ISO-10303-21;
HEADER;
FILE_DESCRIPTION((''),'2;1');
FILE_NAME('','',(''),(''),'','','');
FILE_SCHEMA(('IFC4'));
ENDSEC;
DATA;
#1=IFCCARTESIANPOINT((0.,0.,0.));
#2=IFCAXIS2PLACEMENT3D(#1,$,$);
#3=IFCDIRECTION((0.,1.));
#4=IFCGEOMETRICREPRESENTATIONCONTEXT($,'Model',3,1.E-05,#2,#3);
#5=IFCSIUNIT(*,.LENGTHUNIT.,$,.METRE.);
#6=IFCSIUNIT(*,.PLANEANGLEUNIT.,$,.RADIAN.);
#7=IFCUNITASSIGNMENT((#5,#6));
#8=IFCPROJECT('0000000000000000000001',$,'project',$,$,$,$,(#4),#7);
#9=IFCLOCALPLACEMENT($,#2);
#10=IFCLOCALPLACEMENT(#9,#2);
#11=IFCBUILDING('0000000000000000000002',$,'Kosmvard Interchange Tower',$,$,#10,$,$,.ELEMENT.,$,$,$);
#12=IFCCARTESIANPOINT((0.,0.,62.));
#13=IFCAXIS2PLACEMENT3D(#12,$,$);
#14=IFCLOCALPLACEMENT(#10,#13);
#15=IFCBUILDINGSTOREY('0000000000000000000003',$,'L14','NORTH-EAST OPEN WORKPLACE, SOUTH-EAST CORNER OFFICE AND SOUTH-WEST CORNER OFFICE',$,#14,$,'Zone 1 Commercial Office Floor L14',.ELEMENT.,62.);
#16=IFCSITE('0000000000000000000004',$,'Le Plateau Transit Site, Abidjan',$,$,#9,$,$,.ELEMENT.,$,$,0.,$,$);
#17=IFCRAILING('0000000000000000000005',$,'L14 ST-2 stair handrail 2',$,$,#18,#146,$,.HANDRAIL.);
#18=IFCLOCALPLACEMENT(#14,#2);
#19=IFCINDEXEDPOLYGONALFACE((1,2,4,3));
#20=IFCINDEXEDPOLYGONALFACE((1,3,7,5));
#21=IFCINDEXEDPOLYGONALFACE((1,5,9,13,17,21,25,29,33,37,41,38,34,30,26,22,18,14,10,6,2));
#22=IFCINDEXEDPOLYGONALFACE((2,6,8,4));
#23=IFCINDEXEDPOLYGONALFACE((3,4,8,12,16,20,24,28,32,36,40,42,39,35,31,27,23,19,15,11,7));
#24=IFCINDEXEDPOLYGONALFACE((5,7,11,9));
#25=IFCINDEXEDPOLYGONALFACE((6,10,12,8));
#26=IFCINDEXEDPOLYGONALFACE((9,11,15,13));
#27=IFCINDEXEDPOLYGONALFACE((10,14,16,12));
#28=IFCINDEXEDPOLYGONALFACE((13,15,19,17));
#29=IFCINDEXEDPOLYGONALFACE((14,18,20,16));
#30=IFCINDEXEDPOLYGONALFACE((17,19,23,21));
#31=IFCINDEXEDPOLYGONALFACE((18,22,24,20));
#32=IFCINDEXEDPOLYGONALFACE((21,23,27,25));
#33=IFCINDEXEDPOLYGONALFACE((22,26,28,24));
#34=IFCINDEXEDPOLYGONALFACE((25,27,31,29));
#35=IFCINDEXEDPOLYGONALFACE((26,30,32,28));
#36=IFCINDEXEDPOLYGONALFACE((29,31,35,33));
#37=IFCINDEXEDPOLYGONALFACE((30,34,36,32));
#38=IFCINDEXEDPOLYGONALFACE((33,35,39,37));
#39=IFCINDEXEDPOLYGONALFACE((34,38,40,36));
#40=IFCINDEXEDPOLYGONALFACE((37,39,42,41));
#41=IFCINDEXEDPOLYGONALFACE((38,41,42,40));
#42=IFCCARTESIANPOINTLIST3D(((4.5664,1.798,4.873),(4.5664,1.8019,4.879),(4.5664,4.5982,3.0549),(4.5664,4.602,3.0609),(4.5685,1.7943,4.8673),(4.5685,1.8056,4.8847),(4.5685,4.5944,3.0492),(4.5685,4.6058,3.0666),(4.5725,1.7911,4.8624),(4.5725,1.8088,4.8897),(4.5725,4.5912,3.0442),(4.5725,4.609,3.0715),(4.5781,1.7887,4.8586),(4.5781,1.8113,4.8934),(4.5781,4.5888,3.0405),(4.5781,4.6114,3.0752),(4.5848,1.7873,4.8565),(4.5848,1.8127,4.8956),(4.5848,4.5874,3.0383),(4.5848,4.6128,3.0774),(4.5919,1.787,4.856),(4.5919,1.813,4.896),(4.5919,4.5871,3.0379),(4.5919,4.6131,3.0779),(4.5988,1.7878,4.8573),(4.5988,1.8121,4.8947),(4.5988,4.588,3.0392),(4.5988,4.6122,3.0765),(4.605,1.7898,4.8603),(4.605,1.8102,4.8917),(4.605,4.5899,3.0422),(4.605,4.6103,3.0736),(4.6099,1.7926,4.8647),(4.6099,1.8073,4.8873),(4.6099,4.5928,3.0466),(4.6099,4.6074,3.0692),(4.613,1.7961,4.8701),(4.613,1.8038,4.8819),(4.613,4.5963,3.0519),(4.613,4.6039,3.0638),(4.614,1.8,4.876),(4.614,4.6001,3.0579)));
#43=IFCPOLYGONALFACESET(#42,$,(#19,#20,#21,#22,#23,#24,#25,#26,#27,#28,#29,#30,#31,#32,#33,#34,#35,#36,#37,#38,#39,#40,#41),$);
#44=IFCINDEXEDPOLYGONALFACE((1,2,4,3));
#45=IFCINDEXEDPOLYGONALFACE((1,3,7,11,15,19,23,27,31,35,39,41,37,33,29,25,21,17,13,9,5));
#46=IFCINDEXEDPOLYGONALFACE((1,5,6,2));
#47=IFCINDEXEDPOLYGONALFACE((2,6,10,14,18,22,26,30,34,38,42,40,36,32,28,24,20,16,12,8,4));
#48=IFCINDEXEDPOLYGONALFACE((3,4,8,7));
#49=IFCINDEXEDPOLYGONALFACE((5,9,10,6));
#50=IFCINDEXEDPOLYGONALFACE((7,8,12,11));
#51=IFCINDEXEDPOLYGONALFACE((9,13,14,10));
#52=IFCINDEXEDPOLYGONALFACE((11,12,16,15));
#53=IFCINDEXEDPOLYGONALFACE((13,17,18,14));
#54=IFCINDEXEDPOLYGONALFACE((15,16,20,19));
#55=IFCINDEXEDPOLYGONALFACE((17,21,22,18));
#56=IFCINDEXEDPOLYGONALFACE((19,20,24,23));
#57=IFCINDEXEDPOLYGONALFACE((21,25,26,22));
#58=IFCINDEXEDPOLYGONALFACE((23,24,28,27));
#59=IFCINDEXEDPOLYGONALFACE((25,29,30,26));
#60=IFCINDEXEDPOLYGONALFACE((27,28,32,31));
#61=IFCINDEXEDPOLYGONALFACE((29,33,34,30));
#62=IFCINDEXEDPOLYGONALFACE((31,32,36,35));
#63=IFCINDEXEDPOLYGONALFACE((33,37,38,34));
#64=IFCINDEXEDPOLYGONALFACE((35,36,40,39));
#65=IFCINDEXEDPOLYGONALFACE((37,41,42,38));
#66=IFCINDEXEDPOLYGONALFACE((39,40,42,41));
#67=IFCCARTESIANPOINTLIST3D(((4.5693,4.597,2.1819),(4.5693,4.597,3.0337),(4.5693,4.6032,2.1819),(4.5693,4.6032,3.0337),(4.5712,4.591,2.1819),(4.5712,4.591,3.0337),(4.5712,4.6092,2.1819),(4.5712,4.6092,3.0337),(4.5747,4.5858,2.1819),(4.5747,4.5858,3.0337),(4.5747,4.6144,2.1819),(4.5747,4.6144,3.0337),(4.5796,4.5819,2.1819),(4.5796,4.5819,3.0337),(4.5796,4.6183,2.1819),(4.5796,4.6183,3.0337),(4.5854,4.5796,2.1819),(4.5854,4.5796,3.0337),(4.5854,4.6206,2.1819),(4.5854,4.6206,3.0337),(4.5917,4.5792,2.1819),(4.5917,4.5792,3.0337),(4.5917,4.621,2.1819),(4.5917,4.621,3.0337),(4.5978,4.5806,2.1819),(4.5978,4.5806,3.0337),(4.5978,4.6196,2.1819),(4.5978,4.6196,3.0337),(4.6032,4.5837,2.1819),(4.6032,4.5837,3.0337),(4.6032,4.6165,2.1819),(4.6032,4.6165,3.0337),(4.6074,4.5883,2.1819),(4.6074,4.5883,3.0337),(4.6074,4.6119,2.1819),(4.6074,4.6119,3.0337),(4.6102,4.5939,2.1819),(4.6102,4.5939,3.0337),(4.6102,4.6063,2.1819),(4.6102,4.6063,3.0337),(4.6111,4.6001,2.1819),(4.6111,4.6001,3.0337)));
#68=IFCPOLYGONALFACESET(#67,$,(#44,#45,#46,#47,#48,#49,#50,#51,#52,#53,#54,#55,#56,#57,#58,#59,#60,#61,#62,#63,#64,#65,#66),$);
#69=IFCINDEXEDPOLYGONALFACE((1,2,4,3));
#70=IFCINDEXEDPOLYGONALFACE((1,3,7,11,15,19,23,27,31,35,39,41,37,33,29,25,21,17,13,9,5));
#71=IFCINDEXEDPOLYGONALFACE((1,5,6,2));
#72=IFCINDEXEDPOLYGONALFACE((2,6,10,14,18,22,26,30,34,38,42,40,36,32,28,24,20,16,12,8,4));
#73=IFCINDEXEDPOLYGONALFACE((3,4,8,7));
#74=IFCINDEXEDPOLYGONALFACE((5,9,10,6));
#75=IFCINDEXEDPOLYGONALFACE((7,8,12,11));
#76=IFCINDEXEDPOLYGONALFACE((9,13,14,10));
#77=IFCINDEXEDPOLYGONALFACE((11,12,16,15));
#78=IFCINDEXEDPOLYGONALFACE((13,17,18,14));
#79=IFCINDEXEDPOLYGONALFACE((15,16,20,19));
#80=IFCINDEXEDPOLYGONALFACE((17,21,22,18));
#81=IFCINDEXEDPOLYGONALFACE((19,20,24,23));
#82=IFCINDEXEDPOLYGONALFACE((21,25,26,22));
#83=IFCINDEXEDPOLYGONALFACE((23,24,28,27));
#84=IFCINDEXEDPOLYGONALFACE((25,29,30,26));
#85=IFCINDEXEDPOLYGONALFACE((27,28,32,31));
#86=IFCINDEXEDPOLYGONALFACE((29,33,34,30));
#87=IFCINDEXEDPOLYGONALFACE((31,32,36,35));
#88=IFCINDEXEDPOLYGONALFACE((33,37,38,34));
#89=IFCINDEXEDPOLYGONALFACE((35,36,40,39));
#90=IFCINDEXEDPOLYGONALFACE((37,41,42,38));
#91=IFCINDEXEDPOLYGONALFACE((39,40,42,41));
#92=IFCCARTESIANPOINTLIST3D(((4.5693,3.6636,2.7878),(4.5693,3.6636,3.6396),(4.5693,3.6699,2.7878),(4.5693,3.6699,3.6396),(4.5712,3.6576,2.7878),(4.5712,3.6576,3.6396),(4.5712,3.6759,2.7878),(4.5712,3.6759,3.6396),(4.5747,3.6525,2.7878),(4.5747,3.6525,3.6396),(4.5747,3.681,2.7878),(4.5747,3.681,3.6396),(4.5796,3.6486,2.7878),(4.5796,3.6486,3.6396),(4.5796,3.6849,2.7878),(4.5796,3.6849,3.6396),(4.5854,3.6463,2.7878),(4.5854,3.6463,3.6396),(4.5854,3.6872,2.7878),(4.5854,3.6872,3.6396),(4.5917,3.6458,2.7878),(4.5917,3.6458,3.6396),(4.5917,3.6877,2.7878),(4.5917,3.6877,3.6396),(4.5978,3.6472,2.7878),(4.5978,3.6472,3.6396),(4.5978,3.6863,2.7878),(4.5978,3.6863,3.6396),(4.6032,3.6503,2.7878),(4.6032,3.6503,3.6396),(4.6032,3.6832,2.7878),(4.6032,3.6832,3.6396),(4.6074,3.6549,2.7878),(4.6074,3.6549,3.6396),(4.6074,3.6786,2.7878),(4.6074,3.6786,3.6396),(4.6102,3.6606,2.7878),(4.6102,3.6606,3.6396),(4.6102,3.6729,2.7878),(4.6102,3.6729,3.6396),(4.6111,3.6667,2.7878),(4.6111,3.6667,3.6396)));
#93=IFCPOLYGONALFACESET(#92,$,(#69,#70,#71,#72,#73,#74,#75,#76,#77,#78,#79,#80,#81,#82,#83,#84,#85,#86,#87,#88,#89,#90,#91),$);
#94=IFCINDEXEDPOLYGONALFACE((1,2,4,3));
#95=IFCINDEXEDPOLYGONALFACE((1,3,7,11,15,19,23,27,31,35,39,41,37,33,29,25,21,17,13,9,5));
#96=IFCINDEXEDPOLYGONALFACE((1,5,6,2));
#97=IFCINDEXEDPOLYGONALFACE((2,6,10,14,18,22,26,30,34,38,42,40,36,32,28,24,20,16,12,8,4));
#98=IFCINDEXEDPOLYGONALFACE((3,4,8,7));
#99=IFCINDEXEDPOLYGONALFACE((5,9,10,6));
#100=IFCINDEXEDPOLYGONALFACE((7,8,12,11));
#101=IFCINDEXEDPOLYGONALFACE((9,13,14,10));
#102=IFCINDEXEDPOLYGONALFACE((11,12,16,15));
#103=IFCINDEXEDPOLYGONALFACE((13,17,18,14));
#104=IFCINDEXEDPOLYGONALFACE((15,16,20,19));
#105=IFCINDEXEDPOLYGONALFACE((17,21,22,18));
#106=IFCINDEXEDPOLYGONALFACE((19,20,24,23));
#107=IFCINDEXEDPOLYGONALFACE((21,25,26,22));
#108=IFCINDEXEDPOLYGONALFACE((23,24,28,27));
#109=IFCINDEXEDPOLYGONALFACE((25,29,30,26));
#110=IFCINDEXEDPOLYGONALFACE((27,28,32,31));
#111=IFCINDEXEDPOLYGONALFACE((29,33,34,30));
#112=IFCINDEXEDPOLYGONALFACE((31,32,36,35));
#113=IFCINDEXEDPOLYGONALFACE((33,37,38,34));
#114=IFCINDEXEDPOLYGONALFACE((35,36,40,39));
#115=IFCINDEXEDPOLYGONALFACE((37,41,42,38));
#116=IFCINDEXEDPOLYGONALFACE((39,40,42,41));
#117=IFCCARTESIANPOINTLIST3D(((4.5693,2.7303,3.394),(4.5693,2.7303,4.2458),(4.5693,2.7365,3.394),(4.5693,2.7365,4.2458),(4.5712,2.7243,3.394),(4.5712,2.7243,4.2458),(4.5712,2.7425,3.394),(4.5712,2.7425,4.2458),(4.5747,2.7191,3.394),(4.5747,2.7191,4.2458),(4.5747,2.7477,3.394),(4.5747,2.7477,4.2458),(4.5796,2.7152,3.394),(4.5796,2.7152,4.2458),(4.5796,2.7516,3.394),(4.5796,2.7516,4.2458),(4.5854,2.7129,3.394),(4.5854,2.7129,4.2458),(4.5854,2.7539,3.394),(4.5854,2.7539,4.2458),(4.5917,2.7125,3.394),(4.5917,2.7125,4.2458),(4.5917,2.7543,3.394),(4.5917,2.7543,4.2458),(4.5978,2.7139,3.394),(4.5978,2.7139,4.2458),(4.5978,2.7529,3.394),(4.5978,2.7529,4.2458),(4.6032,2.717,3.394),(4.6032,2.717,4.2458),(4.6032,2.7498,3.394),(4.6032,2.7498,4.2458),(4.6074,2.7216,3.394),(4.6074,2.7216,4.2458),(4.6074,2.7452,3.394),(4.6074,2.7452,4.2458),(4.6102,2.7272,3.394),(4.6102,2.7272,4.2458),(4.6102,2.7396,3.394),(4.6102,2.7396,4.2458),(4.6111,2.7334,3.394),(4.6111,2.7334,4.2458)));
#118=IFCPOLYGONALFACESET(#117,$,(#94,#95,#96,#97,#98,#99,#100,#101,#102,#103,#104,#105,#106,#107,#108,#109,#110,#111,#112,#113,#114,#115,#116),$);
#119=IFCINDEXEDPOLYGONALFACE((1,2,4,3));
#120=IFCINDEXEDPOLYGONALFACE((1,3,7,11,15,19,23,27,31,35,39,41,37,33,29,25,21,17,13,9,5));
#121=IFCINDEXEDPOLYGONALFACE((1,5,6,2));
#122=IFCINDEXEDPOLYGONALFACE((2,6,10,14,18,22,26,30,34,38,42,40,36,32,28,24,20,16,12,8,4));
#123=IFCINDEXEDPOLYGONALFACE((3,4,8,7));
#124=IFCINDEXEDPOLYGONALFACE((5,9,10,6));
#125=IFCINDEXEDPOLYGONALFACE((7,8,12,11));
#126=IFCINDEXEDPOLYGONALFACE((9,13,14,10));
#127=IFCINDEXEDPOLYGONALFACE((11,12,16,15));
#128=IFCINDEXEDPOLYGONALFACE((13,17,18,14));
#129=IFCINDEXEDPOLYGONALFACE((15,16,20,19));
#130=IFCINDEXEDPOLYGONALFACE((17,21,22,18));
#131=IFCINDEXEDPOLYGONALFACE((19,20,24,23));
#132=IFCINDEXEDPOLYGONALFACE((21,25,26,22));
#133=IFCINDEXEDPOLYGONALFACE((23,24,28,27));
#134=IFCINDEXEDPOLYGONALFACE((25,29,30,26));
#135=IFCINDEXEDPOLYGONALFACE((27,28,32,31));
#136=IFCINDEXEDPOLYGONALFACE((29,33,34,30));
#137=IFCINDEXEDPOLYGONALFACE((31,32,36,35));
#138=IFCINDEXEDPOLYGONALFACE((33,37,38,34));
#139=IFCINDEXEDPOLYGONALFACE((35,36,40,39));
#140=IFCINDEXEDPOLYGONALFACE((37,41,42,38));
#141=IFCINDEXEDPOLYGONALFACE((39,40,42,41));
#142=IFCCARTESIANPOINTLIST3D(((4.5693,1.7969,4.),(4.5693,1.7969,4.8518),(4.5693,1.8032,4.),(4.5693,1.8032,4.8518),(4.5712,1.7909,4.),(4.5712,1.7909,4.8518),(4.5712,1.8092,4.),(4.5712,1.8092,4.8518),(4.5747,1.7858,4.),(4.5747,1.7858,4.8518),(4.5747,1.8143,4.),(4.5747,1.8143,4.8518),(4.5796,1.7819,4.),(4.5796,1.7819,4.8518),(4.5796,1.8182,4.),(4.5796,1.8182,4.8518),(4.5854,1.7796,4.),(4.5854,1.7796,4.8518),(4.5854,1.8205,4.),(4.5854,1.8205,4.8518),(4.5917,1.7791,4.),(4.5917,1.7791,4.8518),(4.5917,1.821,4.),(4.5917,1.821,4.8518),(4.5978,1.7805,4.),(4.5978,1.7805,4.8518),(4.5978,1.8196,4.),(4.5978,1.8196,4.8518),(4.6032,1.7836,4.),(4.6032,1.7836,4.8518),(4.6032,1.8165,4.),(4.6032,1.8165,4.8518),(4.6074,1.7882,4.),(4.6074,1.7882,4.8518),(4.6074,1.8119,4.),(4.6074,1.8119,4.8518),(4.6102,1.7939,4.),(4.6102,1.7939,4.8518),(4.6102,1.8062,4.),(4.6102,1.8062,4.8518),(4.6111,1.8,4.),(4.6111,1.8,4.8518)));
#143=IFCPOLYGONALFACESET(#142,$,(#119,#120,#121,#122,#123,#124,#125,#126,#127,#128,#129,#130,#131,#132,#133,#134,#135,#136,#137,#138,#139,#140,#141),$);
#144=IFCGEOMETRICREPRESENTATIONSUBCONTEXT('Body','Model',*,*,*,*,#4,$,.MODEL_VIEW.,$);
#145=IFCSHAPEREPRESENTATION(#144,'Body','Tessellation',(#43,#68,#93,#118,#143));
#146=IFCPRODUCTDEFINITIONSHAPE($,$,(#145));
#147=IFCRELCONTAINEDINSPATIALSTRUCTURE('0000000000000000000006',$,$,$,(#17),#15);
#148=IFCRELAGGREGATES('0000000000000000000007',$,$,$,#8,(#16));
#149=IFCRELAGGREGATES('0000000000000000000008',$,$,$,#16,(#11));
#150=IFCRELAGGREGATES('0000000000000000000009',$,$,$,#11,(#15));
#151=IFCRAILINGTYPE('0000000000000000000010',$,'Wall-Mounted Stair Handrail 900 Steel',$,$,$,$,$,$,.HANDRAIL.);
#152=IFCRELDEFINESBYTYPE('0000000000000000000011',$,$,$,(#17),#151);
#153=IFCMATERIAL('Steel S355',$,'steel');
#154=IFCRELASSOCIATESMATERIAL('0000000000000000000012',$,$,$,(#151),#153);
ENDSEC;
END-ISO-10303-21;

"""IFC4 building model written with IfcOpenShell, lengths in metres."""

from ifc_helpers import new_model, si_unit, direction, frame, origin, origin_2d, place, context, subcontext, project, spatial, circle, extrude, source, transform, mapped, material, type_object, element, save


model = new_model("IFC4")

# Units and contexts
model_context = context("Model", 3, precision=1e-05, world=origin(), true_north=direction((0.0, 1.0)))
body_context = subcontext(model_context, "Body", "Model", "MODEL_VIEW")
ifc_project = project(units=[si_unit("LENGTHUNIT", "METRE"), si_unit("PLANEANGLEUNIT", "RADIAN")], contexts=[model_context])

# Site, building, storey
site_placement = place(None, origin())
site = spatial("IfcSite", under=ifc_project, at=site_placement, Name="Le Plateau Transit Site, Abidjan", CompositionType="ELEMENT", RefElevation=0.0)
building_placement = place(site_placement, origin())
building = spatial("IfcBuilding", under=site, at=building_placement, Name="Kosmvard Interchange Tower", CompositionType="ELEMENT")
storey_placement = place(building_placement, frame((0.0, 0.0, 62.0)))
storey = spatial("IfcBuildingStorey", under=building, at=storey_placement, Name="L14", Description="NORTH-EAST OPEN WORKPLACE, SOUTH-EAST CORNER OFFICE AND SOUTH-WEST CORNER OFFICE", LongName="Zone 1 Commercial Office Floor L14", CompositionType="ELEMENT", Elevation=62.0)

# Shared definitions
ifc_material_1 = material(Name="Steel S355", Category="steel")

# Railing
railing_type_1 = type_object("IfcRailingType", Name="Wall-Mounted Stair Handrail 900 Steel", PredefinedType="HANDRAIL", material=ifc_material_1)
shared_shape_1 = source(origin(), body_context, "Body", "SweptSolid", [
    extrude(circle(Radius=0.0239, at=origin_2d()), frame((0.0, 0.0, 0.876), z_axis=(0.0, -0.838706, 0.544585), x_axis=(1.0, 0.0, 0.0)), (0.0, 0.0, 1.0), 3.3386),
    extrude(circle(Radius=0.021, at=origin_2d()), origin(), (0.0, 0.0, 1.0), 0.8518),
    extrude(circle(Radius=0.021, at=origin_2d()), frame((0.0, -0.9333, 0.606)), (0.0, 0.0, 1.0), 0.8518),
    extrude(circle(Radius=0.021, at=origin_2d()), frame((0.0, -1.8667, 1.2122)), (0.0, 0.0, 1.0), 0.8518),
    extrude(circle(Radius=0.021, at=origin_2d()), frame((0.0, -2.8, 1.8181)), (0.0, 0.0, 1.0), 0.8518),
])
railing_1_placement = place(storey_placement, frame((4.5901, 4.6001, 2.1819)))
element("IfcRailing", 1, at=railing_1_placement, inside=storey, type_object=railing_type_1, Name="L14 ST-2 stair handrail 2", PredefinedType="HANDRAIL", context=body_context, shape_type="MappedRepresentation", body=[
    mapped(shared_shape_1, transform((0.0, 0.0, 0.0), scale=1.0)),
])

save(model, "model.ifc")
